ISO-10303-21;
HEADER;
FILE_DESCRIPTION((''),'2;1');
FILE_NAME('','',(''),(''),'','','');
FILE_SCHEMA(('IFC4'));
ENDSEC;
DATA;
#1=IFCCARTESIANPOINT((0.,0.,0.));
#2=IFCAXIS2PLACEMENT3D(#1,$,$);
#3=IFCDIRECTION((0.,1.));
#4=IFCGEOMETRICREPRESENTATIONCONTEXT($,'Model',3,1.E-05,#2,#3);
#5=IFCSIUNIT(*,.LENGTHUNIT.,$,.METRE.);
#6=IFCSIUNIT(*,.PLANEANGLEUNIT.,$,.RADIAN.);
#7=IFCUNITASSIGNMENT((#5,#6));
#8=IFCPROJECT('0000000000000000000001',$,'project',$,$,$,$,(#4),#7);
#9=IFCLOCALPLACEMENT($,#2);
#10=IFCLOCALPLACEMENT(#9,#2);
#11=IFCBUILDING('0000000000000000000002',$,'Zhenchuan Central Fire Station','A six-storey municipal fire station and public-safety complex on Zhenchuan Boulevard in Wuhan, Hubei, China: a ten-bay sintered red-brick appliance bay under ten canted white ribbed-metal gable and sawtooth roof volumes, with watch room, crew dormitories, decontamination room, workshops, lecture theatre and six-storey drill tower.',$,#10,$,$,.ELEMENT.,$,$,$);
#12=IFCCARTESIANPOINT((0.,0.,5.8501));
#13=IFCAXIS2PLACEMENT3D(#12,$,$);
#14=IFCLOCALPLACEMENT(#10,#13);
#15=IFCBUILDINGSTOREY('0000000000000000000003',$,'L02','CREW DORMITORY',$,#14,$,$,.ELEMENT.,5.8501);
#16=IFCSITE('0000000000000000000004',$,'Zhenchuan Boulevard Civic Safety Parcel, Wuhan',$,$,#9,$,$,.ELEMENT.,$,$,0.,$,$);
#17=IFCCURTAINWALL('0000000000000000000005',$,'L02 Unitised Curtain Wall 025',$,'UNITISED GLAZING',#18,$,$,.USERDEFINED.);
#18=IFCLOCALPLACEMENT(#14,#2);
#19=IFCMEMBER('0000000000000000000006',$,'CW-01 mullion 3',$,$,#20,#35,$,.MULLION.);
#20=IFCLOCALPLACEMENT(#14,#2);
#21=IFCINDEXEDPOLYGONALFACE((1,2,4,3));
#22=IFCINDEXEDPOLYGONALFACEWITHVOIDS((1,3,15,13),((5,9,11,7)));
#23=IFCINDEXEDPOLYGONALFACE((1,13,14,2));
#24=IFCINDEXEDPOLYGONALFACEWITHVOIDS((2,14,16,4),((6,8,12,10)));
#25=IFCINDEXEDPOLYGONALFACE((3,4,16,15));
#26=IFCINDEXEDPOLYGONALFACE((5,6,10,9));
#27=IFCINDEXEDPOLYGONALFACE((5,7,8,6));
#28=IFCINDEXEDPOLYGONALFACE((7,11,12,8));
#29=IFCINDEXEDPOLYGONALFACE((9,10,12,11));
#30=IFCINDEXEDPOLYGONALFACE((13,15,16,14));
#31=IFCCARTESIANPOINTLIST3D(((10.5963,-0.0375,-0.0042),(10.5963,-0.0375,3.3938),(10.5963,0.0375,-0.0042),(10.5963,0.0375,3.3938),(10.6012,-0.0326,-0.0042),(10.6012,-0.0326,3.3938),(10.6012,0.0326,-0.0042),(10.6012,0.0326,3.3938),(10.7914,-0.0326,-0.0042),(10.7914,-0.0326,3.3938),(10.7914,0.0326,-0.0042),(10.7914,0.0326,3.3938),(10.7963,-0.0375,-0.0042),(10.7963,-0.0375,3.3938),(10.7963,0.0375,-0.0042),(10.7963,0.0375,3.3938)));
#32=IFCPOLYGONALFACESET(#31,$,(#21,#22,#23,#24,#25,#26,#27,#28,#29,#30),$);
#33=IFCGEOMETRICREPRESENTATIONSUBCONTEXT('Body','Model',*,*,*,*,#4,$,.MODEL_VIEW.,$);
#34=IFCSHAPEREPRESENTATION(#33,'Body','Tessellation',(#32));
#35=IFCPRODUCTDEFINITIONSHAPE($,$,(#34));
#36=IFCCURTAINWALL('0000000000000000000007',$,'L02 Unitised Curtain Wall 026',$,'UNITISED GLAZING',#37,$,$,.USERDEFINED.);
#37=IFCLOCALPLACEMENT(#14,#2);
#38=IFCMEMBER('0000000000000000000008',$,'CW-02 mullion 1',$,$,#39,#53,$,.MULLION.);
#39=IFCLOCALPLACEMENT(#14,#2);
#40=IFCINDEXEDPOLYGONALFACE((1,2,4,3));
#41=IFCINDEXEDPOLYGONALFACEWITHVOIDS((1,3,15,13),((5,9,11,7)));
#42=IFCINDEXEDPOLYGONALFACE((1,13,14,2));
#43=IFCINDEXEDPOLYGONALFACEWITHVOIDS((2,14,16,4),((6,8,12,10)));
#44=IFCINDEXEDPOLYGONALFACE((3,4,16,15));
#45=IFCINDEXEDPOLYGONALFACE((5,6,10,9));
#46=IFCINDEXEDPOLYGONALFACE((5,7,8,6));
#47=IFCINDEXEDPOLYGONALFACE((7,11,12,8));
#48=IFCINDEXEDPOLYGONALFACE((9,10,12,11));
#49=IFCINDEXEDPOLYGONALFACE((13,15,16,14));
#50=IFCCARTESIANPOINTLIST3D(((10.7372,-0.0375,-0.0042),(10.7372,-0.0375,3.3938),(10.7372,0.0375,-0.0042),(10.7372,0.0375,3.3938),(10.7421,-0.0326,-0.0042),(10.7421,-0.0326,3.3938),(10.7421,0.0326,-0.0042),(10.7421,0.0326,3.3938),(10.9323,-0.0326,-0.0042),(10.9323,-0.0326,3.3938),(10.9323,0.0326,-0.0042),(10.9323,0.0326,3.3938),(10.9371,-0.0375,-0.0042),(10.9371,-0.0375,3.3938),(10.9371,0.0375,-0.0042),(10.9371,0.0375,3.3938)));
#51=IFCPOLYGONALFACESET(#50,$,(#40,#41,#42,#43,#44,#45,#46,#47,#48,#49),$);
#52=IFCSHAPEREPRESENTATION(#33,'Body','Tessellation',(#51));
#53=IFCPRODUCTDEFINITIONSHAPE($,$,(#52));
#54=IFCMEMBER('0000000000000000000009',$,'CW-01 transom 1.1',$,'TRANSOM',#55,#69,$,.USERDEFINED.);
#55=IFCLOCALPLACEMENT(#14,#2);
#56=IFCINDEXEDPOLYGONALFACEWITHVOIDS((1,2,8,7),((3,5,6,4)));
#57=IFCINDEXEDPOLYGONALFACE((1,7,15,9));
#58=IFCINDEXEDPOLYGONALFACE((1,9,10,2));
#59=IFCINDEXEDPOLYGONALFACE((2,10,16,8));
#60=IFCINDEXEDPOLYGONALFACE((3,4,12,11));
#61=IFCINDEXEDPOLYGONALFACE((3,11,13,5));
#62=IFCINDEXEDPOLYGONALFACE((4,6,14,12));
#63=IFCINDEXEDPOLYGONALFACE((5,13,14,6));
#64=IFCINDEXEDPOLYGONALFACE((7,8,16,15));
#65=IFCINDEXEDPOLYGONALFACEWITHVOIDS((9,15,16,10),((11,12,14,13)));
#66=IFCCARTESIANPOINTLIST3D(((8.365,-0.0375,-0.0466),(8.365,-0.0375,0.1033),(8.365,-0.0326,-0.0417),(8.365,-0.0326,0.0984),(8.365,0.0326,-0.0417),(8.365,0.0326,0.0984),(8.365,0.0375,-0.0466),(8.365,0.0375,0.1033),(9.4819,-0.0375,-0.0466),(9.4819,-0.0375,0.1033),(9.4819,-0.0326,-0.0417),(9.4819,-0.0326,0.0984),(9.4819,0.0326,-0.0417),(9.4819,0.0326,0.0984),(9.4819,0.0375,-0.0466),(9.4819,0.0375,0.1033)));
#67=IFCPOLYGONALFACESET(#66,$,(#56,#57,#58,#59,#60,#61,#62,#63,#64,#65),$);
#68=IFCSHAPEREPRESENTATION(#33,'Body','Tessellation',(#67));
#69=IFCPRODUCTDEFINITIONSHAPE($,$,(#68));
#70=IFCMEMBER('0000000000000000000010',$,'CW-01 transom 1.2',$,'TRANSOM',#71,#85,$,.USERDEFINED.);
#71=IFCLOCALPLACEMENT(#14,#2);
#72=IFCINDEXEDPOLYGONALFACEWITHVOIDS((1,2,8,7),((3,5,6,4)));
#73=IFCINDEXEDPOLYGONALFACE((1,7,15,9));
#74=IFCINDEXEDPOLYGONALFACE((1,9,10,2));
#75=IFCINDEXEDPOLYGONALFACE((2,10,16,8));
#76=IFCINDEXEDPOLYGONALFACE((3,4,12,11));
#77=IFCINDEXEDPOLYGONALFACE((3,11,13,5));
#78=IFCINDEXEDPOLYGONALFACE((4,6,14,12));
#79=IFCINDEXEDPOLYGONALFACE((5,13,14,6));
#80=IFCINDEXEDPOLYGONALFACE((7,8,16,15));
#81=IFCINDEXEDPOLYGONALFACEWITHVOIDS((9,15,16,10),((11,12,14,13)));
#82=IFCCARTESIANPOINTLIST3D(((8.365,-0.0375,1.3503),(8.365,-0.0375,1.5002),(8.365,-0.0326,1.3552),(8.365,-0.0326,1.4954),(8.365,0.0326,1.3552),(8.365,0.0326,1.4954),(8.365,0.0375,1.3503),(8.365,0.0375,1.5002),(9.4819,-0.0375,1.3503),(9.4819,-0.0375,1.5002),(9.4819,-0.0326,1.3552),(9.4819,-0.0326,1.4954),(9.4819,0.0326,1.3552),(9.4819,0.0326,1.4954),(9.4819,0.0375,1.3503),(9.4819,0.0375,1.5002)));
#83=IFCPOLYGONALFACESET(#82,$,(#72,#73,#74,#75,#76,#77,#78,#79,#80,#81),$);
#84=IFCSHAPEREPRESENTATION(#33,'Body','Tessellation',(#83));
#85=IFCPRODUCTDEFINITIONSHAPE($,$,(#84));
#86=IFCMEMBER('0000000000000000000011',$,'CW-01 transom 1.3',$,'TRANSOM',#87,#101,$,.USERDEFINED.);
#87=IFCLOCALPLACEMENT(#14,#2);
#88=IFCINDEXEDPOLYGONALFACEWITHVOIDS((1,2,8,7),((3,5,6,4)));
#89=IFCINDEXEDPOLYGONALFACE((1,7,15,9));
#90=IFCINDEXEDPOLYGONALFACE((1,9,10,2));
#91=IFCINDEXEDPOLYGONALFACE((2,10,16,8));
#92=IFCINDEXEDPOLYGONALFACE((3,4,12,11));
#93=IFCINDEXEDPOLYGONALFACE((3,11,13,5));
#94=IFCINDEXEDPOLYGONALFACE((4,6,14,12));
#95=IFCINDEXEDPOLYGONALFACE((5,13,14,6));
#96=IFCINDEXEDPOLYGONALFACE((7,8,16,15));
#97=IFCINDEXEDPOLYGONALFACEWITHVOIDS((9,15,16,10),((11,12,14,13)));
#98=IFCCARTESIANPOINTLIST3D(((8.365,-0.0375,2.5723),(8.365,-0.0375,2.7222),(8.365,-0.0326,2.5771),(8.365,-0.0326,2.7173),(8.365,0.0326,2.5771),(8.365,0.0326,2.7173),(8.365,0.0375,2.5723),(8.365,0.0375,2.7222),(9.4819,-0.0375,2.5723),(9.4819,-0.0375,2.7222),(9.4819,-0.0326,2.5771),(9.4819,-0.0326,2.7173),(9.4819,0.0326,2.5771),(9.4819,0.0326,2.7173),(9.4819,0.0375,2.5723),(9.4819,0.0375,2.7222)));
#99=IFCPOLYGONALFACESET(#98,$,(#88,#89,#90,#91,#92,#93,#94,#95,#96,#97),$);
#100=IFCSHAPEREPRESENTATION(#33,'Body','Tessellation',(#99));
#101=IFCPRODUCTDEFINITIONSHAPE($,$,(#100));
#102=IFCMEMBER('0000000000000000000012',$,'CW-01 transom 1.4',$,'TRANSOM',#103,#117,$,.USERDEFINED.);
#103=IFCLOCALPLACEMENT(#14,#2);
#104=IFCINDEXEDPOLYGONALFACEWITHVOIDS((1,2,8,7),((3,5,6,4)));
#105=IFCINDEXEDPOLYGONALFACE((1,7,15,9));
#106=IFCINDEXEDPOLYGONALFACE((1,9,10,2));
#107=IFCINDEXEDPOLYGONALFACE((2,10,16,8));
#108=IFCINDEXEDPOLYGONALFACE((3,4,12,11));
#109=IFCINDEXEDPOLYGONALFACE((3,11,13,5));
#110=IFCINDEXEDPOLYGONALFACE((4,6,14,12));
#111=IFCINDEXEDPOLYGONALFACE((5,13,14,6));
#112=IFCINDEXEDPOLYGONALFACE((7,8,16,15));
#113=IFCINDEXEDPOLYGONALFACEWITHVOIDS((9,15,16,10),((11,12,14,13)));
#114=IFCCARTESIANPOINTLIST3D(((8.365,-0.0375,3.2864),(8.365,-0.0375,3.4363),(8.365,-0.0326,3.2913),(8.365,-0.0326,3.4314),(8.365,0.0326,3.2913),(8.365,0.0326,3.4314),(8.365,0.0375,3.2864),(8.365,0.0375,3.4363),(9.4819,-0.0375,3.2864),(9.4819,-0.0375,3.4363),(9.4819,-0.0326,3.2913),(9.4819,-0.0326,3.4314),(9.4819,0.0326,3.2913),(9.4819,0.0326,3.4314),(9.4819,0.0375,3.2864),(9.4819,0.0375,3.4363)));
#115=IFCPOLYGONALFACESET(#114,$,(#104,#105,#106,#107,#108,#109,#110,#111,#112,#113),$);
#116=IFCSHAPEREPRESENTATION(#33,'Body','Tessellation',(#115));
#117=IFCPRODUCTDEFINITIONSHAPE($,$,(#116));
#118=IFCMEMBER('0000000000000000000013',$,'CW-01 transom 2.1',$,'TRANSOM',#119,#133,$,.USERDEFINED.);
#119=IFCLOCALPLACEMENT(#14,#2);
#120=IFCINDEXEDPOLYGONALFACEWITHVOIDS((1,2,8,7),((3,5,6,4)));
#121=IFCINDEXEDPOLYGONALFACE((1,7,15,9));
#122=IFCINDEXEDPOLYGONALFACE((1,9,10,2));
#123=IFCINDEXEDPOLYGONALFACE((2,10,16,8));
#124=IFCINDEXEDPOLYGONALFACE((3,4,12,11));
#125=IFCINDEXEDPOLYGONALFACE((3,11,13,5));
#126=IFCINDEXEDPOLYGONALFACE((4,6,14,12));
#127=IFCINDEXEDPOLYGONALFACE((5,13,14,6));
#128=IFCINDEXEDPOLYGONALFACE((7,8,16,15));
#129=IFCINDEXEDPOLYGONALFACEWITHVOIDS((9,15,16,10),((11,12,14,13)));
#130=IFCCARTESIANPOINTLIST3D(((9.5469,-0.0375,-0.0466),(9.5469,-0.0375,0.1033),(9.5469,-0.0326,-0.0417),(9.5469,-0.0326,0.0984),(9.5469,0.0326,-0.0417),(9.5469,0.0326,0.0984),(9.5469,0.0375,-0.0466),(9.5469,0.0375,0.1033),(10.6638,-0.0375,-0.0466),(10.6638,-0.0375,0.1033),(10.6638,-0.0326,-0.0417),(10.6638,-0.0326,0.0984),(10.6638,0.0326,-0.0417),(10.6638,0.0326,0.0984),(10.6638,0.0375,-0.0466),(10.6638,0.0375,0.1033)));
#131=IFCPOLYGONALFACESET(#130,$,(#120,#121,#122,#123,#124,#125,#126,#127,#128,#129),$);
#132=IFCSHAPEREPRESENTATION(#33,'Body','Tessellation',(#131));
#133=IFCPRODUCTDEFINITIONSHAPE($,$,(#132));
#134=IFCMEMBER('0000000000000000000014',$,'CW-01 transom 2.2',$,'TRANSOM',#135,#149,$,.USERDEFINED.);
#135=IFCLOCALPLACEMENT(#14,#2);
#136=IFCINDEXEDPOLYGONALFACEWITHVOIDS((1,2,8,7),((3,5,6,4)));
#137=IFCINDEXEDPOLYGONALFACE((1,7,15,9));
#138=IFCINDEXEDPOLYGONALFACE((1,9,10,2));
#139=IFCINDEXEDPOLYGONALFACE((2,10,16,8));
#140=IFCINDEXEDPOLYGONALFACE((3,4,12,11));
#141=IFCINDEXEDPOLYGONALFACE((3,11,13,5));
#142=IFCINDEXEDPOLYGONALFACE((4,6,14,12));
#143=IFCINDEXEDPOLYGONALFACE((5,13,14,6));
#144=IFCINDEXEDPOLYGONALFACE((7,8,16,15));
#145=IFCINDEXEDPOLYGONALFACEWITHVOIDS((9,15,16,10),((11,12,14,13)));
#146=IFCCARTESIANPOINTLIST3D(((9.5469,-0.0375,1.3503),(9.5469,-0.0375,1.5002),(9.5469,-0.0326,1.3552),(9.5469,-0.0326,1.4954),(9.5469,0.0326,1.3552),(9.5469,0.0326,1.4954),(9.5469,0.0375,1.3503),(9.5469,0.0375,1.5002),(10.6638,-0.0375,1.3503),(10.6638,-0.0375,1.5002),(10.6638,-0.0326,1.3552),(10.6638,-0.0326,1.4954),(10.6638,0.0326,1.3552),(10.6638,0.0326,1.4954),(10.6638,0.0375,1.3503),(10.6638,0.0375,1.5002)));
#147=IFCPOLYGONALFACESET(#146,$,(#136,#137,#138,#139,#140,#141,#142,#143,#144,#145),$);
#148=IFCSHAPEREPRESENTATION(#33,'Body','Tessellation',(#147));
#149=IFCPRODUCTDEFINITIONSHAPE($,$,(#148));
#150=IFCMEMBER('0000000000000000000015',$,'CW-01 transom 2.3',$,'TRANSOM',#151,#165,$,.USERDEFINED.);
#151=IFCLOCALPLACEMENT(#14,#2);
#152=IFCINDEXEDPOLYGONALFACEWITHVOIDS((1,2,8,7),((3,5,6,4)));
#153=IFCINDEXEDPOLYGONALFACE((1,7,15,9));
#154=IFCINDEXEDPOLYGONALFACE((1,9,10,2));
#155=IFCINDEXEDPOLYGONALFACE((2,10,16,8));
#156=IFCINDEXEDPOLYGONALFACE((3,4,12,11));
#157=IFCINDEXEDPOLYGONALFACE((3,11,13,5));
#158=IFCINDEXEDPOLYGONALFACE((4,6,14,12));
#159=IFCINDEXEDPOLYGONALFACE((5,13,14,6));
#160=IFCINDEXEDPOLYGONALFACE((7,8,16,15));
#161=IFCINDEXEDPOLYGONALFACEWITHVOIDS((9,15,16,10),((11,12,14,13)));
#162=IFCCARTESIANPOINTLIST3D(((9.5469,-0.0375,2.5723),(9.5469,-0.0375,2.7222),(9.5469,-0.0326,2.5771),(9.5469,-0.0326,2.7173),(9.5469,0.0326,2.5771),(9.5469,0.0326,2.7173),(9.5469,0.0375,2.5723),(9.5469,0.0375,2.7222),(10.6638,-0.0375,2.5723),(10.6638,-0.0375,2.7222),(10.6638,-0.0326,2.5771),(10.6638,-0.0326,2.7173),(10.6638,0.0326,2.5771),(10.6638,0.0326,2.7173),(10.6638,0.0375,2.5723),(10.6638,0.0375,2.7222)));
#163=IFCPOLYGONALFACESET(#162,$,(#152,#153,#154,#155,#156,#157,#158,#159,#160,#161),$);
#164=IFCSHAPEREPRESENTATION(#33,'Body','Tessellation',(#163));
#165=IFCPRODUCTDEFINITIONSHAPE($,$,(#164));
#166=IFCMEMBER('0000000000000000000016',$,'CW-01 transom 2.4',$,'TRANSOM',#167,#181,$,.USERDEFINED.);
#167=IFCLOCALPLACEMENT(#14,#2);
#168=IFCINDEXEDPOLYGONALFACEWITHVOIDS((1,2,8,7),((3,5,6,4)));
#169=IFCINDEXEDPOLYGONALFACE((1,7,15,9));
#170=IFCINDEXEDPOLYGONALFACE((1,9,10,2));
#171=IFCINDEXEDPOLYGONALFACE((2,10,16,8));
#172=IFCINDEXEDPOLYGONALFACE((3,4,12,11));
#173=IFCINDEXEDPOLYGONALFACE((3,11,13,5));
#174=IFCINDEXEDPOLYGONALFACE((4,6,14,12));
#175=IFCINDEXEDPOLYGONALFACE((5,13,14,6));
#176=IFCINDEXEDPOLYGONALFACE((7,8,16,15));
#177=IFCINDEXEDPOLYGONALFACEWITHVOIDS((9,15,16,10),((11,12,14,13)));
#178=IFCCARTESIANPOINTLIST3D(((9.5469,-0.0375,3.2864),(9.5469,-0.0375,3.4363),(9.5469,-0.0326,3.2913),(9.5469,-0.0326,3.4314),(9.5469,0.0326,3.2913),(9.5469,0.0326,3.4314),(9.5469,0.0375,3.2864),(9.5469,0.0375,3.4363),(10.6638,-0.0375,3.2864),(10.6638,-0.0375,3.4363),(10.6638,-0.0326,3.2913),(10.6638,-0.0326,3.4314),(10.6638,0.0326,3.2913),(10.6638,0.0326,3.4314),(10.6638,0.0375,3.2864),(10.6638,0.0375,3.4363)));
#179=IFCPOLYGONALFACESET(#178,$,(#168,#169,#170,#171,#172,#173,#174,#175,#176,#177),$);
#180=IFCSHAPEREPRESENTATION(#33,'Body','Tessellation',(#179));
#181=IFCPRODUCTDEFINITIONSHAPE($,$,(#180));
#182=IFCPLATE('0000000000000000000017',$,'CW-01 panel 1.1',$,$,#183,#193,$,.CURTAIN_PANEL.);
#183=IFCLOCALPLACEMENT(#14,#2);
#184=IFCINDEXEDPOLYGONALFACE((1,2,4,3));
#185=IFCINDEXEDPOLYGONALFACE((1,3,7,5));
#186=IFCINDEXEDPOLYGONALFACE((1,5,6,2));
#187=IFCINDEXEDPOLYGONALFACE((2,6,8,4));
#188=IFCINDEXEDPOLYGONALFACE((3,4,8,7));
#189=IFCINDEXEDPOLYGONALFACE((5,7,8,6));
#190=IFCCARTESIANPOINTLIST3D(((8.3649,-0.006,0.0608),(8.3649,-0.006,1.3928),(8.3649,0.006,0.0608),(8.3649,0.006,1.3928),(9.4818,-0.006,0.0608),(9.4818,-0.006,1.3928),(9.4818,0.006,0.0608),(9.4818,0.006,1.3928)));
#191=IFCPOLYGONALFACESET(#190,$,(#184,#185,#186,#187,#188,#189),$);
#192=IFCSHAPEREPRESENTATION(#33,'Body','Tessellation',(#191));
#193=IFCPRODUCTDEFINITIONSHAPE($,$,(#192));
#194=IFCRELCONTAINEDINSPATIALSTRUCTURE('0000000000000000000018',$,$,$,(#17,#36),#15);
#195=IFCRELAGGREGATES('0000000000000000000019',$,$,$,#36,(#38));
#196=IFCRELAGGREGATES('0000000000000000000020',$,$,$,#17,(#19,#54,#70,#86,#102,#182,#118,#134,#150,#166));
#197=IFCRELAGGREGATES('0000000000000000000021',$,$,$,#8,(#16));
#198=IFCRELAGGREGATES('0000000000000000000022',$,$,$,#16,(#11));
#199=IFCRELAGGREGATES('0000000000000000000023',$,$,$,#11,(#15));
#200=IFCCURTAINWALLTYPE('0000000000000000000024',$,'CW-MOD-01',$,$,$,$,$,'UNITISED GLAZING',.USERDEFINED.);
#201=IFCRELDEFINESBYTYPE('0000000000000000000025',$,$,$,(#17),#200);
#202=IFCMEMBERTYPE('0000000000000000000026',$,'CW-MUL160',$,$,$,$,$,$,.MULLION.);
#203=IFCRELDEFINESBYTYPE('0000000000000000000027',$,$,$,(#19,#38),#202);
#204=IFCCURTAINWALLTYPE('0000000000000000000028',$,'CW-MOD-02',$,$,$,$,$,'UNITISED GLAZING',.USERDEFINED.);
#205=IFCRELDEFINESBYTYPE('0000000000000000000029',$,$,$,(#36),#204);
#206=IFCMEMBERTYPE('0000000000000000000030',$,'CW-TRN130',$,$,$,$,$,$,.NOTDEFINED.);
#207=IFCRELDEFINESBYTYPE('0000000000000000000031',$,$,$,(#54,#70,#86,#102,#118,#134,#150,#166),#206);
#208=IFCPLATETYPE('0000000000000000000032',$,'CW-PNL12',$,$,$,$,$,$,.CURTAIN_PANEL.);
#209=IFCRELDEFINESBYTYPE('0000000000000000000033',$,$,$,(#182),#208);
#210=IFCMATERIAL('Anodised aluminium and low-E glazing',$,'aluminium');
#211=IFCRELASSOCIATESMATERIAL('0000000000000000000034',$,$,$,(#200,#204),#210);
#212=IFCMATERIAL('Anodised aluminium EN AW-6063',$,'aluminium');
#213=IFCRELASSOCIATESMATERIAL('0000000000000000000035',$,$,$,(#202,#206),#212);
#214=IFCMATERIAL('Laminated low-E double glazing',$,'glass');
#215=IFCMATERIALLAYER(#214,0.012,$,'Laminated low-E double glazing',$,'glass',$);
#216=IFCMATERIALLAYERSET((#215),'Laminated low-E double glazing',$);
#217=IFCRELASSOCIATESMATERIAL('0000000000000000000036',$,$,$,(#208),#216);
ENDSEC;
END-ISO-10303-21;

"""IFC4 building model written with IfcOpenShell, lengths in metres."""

from ifc_helpers import new_model, si_unit, direction, frame, origin, origin_2d, place, context, subcontext, project, spatial, rectangle, hollow_rectangle, extrude, material, layer, layer_set, material_profile, profile_set, type_object, element, aggregate, save


model = new_model("IFC4")

# Units and contexts
model_context = context("Model", 3, precision=1e-05, world=origin(), true_north=direction((0.0, 1.0)))
body_context = subcontext(model_context, "Body", "Model", "MODEL_VIEW")
ifc_project = project(units=[si_unit("LENGTHUNIT", "METRE"), si_unit("PLANEANGLEUNIT", "RADIAN")], contexts=[model_context])

# Site, building, storey
site_placement = place(None, origin())
site = spatial("IfcSite", under=ifc_project, at=site_placement, Name="Zhenchuan Boulevard Civic Safety Parcel, Wuhan", CompositionType="ELEMENT", RefElevation=0.0)
building_placement = place(site_placement, origin())
building = spatial("IfcBuilding", under=site, at=building_placement, Name="Zhenchuan Central Fire Station", Description="A six-storey municipal fire station and public-safety complex on Zhenchuan Boulevard in Wuhan, Hubei, China: a ten-bay sintered red-brick appliance bay under ten canted white ribbed-metal gable and sawtooth roof volumes, with watch room, crew dormitories, decontamination room, workshops, lecture theatre and six-storey drill tower.", CompositionType="ELEMENT")
storey_placement = place(building_placement, frame((0.0, 0.0, 5.8501)))
storey = spatial("IfcBuildingStorey", under=building, at=storey_placement, Name="L02", Description="CREW DORMITORY", CompositionType="ELEMENT", Elevation=5.8501)

# Curtain wall, member
ifc_material_1 = material(Name="Anodised aluminium and low-E glazing", Category="aluminium")
curtain_wall_type_1 = type_object("IfcCurtainWallType", Name="CW-MOD-01", ElementType="UNITISED GLAZING", PredefinedType="USERDEFINED", material=ifc_material_1)
curtain_wall_1_placement = place(storey_placement, origin())
curtain_wall_1 = element("IfcCurtainWall", 1, at=curtain_wall_1_placement, inside=storey, type_object=curtain_wall_type_1, Name="L02 Unitised Curtain Wall 025", ObjectType="UNITISED GLAZING", PredefinedType="USERDEFINED")
ifc_material_2 = material(Name="Anodised aluminium EN AW-6063", Category="aluminium")
ifc_material_profile_1 = material_profile(ifc_material_2, hollow_rectangle(XDim=0.075, YDim=0.2, WallThickness=0.0049, at=origin_2d()), Name="ALU-M 200x75")
ifc_profile_set_1 = profile_set([ifc_material_profile_1], Name="Anodised aluminium EN AW-6063")
member_type_1 = type_object("IfcMemberType", Name="CW-MUL160", PredefinedType="MULLION", material=ifc_profile_set_1)
member_1_placement = place(storey_placement, frame((10.6963, 0.0, -0.0042), z_axis=(0.0, 0.0, 1.0), x_axis=(0.0, 1.0, 0.0)))
member_1 = element("IfcMember", 2, at=member_1_placement, type_object=member_type_1, Name="CW-01 mullion 3", PredefinedType="MULLION", context=body_context, shape_type="SweptSolid", body=[
    extrude(hollow_rectangle(XDim=0.075, YDim=0.2, WallThickness=0.0049, at=origin_2d()), origin(), (0.0, 0.0, 1.0), 3.3979),
])

# Curtain wall, member
curtain_wall_type_2 = type_object("IfcCurtainWallType", Name="CW-MOD-02", ElementType="UNITISED GLAZING", PredefinedType="USERDEFINED", material=ifc_material_1)
curtain_wall_2_placement = place(storey_placement, origin())
curtain_wall_2 = element("IfcCurtainWall", 3, at=curtain_wall_2_placement, inside=storey, type_object=curtain_wall_type_2, Name="L02 Unitised Curtain Wall 026", ObjectType="UNITISED GLAZING", PredefinedType="USERDEFINED")
member_2_placement = place(storey_placement, frame((10.8372, 0.0, -0.0042), z_axis=(0.0, 0.0, 1.0), x_axis=(0.0, 1.0, 0.0)))
member_2 = element("IfcMember", 4, at=member_2_placement, type_object=member_type_1, Name="CW-02 mullion 1", PredefinedType="MULLION", context=body_context, shape_type="SweptSolid", body=[
    extrude(hollow_rectangle(XDim=0.075, YDim=0.2, WallThickness=0.0049, at=origin_2d()), origin(), (0.0, 0.0, 1.0), 3.3979),
])
aggregate(curtain_wall_2, [member_2])

# Members
ifc_material_profile_2 = material_profile(ifc_material_2, hollow_rectangle(XDim=0.075, YDim=0.1499, WallThickness=0.0049, at=origin_2d()), Name="ALU-T 150x75")
ifc_profile_set_2 = profile_set([ifc_material_profile_2], Name="Anodised aluminium EN AW-6063")
member_type_2 = type_object("IfcMemberType", Name="CW-TRN130", PredefinedType="NOTDEFINED", material=ifc_profile_set_2)
member_3_placement = place(storey_placement, frame((8.365, 0.0, 0.0283), z_axis=(1.0, 0.0, 0.0), x_axis=(0.0, 1.0, 0.0)))
member_3 = element("IfcMember", 5, at=member_3_placement, type_object=member_type_2, Name="CW-01 transom 1.1", ObjectType="TRANSOM", PredefinedType="USERDEFINED", context=body_context, shape_type="SweptSolid", body=[
    extrude(hollow_rectangle(XDim=0.075, YDim=0.1499, WallThickness=0.0049, at=origin_2d()), origin(), (0.0, 0.0, 1.0), 1.1169),
])
member_4_placement = place(storey_placement, frame((8.365, 0.0, 1.4253), z_axis=(1.0, 0.0, 0.0), x_axis=(0.0, 1.0, 0.0)))
member_4 = element("IfcMember", 6, at=member_4_placement, type_object=member_type_2, Name="CW-01 transom 1.2", ObjectType="TRANSOM", PredefinedType="USERDEFINED", context=body_context, shape_type="SweptSolid", body=[
    extrude(hollow_rectangle(XDim=0.075, YDim=0.1499, WallThickness=0.0049, at=origin_2d()), origin(), (0.0, 0.0, 1.0), 1.1169),
])
member_5_placement = place(storey_placement, frame((8.365, 0.0, 2.6472), z_axis=(1.0, 0.0, 0.0), x_axis=(0.0, 1.0, 0.0)))
member_5 = element("IfcMember", 7, at=member_5_placement, type_object=member_type_2, Name="CW-01 transom 1.3", ObjectType="TRANSOM", PredefinedType="USERDEFINED", context=body_context, shape_type="SweptSolid", body=[
    extrude(hollow_rectangle(XDim=0.075, YDim=0.1499, WallThickness=0.0049, at=origin_2d()), origin(), (0.0, 0.0, 1.0), 1.1169),
])
member_6_placement = place(storey_placement, frame((8.365, 0.0, 3.3613), z_axis=(1.0, 0.0, 0.0), x_axis=(0.0, 1.0, 0.0)))
member_6 = element("IfcMember", 8, at=member_6_placement, type_object=member_type_2, Name="CW-01 transom 1.4", ObjectType="TRANSOM", PredefinedType="USERDEFINED", context=body_context, shape_type="SweptSolid", body=[
    extrude(hollow_rectangle(XDim=0.075, YDim=0.1499, WallThickness=0.0049, at=origin_2d()), origin(), (0.0, 0.0, 1.0), 1.1169),
])
member_7_placement = place(storey_placement, frame((9.5469, 0.0, 0.0283), z_axis=(1.0, 0.0, 0.0), x_axis=(0.0, 1.0, 0.0)))
member_7 = element("IfcMember", 9, at=member_7_placement, type_object=member_type_2, Name="CW-01 transom 2.1", ObjectType="TRANSOM", PredefinedType="USERDEFINED", context=body_context, shape_type="SweptSolid", body=[
    extrude(hollow_rectangle(XDim=0.075, YDim=0.1499, WallThickness=0.0049, at=origin_2d()), origin(), (0.0, 0.0, 1.0), 1.1169),
])
member_8_placement = place(storey_placement, frame((9.5469, 0.0, 1.4253), z_axis=(1.0, 0.0, 0.0), x_axis=(0.0, 1.0, 0.0)))
member_8 = element("IfcMember", 10, at=member_8_placement, type_object=member_type_2, Name="CW-01 transom 2.2", ObjectType="TRANSOM", PredefinedType="USERDEFINED", context=body_context, shape_type="SweptSolid", body=[
    extrude(hollow_rectangle(XDim=0.075, YDim=0.1499, WallThickness=0.0049, at=origin_2d()), origin(), (0.0, 0.0, 1.0), 1.1169),
])
member_9_placement = place(storey_placement, frame((9.5469, 0.0, 2.6472), z_axis=(1.0, 0.0, 0.0), x_axis=(0.0, 1.0, 0.0)))
member_9 = element("IfcMember", 11, at=member_9_placement, type_object=member_type_2, Name="CW-01 transom 2.3", ObjectType="TRANSOM", PredefinedType="USERDEFINED", context=body_context, shape_type="SweptSolid", body=[
    extrude(hollow_rectangle(XDim=0.075, YDim=0.1499, WallThickness=0.0049, at=origin_2d()), origin(), (0.0, 0.0, 1.0), 1.1169),
])
member_10_placement = place(storey_placement, frame((9.5469, 0.0, 3.3613), z_axis=(1.0, 0.0, 0.0), x_axis=(0.0, 1.0, 0.0)))
member_10 = element("IfcMember", 12, at=member_10_placement, type_object=member_type_2, Name="CW-01 transom 2.4", ObjectType="TRANSOM", PredefinedType="USERDEFINED", context=body_context, shape_type="SweptSolid", body=[
    extrude(hollow_rectangle(XDim=0.075, YDim=0.1499, WallThickness=0.0049, at=origin_2d()), origin(), (0.0, 0.0, 1.0), 1.1169),
])

# Plate
ifc_material_3 = material(Name="Laminated low-E double glazing", Category="glass")
ifc_layer_1 = layer(ifc_material_3, 0.012, Name="Laminated low-E double glazing", Category="glass")
ifc_layer_set_1 = layer_set([ifc_layer_1], Name="Laminated low-E double glazing")
plate_type = type_object("IfcPlateType", Name="CW-PNL12", PredefinedType="CURTAIN_PANEL", material=ifc_layer_set_1)
plate_1_placement = place(storey_placement, frame((8.9233, 0.0, 0.0608), z_axis=(0.0, 0.0, 1.0), x_axis=(1.0, 0.0, 0.0)))
plate_1 = element("IfcPlate", 13, at=plate_1_placement, type_object=plate_type, Name="CW-01 panel 1.1", PredefinedType="CURTAIN_PANEL", context=body_context, shape_type="SweptSolid", body=[
    extrude(rectangle(XDim=1.1169, YDim=0.012, at=origin_2d()), origin(), (0.0, 0.0, 1.0), 1.332),
])
aggregate(curtain_wall_1, [member_1, member_3, member_4, member_5, member_6, plate_1, member_7, member_8, member_9, member_10])

save(model, "model.ifc")
